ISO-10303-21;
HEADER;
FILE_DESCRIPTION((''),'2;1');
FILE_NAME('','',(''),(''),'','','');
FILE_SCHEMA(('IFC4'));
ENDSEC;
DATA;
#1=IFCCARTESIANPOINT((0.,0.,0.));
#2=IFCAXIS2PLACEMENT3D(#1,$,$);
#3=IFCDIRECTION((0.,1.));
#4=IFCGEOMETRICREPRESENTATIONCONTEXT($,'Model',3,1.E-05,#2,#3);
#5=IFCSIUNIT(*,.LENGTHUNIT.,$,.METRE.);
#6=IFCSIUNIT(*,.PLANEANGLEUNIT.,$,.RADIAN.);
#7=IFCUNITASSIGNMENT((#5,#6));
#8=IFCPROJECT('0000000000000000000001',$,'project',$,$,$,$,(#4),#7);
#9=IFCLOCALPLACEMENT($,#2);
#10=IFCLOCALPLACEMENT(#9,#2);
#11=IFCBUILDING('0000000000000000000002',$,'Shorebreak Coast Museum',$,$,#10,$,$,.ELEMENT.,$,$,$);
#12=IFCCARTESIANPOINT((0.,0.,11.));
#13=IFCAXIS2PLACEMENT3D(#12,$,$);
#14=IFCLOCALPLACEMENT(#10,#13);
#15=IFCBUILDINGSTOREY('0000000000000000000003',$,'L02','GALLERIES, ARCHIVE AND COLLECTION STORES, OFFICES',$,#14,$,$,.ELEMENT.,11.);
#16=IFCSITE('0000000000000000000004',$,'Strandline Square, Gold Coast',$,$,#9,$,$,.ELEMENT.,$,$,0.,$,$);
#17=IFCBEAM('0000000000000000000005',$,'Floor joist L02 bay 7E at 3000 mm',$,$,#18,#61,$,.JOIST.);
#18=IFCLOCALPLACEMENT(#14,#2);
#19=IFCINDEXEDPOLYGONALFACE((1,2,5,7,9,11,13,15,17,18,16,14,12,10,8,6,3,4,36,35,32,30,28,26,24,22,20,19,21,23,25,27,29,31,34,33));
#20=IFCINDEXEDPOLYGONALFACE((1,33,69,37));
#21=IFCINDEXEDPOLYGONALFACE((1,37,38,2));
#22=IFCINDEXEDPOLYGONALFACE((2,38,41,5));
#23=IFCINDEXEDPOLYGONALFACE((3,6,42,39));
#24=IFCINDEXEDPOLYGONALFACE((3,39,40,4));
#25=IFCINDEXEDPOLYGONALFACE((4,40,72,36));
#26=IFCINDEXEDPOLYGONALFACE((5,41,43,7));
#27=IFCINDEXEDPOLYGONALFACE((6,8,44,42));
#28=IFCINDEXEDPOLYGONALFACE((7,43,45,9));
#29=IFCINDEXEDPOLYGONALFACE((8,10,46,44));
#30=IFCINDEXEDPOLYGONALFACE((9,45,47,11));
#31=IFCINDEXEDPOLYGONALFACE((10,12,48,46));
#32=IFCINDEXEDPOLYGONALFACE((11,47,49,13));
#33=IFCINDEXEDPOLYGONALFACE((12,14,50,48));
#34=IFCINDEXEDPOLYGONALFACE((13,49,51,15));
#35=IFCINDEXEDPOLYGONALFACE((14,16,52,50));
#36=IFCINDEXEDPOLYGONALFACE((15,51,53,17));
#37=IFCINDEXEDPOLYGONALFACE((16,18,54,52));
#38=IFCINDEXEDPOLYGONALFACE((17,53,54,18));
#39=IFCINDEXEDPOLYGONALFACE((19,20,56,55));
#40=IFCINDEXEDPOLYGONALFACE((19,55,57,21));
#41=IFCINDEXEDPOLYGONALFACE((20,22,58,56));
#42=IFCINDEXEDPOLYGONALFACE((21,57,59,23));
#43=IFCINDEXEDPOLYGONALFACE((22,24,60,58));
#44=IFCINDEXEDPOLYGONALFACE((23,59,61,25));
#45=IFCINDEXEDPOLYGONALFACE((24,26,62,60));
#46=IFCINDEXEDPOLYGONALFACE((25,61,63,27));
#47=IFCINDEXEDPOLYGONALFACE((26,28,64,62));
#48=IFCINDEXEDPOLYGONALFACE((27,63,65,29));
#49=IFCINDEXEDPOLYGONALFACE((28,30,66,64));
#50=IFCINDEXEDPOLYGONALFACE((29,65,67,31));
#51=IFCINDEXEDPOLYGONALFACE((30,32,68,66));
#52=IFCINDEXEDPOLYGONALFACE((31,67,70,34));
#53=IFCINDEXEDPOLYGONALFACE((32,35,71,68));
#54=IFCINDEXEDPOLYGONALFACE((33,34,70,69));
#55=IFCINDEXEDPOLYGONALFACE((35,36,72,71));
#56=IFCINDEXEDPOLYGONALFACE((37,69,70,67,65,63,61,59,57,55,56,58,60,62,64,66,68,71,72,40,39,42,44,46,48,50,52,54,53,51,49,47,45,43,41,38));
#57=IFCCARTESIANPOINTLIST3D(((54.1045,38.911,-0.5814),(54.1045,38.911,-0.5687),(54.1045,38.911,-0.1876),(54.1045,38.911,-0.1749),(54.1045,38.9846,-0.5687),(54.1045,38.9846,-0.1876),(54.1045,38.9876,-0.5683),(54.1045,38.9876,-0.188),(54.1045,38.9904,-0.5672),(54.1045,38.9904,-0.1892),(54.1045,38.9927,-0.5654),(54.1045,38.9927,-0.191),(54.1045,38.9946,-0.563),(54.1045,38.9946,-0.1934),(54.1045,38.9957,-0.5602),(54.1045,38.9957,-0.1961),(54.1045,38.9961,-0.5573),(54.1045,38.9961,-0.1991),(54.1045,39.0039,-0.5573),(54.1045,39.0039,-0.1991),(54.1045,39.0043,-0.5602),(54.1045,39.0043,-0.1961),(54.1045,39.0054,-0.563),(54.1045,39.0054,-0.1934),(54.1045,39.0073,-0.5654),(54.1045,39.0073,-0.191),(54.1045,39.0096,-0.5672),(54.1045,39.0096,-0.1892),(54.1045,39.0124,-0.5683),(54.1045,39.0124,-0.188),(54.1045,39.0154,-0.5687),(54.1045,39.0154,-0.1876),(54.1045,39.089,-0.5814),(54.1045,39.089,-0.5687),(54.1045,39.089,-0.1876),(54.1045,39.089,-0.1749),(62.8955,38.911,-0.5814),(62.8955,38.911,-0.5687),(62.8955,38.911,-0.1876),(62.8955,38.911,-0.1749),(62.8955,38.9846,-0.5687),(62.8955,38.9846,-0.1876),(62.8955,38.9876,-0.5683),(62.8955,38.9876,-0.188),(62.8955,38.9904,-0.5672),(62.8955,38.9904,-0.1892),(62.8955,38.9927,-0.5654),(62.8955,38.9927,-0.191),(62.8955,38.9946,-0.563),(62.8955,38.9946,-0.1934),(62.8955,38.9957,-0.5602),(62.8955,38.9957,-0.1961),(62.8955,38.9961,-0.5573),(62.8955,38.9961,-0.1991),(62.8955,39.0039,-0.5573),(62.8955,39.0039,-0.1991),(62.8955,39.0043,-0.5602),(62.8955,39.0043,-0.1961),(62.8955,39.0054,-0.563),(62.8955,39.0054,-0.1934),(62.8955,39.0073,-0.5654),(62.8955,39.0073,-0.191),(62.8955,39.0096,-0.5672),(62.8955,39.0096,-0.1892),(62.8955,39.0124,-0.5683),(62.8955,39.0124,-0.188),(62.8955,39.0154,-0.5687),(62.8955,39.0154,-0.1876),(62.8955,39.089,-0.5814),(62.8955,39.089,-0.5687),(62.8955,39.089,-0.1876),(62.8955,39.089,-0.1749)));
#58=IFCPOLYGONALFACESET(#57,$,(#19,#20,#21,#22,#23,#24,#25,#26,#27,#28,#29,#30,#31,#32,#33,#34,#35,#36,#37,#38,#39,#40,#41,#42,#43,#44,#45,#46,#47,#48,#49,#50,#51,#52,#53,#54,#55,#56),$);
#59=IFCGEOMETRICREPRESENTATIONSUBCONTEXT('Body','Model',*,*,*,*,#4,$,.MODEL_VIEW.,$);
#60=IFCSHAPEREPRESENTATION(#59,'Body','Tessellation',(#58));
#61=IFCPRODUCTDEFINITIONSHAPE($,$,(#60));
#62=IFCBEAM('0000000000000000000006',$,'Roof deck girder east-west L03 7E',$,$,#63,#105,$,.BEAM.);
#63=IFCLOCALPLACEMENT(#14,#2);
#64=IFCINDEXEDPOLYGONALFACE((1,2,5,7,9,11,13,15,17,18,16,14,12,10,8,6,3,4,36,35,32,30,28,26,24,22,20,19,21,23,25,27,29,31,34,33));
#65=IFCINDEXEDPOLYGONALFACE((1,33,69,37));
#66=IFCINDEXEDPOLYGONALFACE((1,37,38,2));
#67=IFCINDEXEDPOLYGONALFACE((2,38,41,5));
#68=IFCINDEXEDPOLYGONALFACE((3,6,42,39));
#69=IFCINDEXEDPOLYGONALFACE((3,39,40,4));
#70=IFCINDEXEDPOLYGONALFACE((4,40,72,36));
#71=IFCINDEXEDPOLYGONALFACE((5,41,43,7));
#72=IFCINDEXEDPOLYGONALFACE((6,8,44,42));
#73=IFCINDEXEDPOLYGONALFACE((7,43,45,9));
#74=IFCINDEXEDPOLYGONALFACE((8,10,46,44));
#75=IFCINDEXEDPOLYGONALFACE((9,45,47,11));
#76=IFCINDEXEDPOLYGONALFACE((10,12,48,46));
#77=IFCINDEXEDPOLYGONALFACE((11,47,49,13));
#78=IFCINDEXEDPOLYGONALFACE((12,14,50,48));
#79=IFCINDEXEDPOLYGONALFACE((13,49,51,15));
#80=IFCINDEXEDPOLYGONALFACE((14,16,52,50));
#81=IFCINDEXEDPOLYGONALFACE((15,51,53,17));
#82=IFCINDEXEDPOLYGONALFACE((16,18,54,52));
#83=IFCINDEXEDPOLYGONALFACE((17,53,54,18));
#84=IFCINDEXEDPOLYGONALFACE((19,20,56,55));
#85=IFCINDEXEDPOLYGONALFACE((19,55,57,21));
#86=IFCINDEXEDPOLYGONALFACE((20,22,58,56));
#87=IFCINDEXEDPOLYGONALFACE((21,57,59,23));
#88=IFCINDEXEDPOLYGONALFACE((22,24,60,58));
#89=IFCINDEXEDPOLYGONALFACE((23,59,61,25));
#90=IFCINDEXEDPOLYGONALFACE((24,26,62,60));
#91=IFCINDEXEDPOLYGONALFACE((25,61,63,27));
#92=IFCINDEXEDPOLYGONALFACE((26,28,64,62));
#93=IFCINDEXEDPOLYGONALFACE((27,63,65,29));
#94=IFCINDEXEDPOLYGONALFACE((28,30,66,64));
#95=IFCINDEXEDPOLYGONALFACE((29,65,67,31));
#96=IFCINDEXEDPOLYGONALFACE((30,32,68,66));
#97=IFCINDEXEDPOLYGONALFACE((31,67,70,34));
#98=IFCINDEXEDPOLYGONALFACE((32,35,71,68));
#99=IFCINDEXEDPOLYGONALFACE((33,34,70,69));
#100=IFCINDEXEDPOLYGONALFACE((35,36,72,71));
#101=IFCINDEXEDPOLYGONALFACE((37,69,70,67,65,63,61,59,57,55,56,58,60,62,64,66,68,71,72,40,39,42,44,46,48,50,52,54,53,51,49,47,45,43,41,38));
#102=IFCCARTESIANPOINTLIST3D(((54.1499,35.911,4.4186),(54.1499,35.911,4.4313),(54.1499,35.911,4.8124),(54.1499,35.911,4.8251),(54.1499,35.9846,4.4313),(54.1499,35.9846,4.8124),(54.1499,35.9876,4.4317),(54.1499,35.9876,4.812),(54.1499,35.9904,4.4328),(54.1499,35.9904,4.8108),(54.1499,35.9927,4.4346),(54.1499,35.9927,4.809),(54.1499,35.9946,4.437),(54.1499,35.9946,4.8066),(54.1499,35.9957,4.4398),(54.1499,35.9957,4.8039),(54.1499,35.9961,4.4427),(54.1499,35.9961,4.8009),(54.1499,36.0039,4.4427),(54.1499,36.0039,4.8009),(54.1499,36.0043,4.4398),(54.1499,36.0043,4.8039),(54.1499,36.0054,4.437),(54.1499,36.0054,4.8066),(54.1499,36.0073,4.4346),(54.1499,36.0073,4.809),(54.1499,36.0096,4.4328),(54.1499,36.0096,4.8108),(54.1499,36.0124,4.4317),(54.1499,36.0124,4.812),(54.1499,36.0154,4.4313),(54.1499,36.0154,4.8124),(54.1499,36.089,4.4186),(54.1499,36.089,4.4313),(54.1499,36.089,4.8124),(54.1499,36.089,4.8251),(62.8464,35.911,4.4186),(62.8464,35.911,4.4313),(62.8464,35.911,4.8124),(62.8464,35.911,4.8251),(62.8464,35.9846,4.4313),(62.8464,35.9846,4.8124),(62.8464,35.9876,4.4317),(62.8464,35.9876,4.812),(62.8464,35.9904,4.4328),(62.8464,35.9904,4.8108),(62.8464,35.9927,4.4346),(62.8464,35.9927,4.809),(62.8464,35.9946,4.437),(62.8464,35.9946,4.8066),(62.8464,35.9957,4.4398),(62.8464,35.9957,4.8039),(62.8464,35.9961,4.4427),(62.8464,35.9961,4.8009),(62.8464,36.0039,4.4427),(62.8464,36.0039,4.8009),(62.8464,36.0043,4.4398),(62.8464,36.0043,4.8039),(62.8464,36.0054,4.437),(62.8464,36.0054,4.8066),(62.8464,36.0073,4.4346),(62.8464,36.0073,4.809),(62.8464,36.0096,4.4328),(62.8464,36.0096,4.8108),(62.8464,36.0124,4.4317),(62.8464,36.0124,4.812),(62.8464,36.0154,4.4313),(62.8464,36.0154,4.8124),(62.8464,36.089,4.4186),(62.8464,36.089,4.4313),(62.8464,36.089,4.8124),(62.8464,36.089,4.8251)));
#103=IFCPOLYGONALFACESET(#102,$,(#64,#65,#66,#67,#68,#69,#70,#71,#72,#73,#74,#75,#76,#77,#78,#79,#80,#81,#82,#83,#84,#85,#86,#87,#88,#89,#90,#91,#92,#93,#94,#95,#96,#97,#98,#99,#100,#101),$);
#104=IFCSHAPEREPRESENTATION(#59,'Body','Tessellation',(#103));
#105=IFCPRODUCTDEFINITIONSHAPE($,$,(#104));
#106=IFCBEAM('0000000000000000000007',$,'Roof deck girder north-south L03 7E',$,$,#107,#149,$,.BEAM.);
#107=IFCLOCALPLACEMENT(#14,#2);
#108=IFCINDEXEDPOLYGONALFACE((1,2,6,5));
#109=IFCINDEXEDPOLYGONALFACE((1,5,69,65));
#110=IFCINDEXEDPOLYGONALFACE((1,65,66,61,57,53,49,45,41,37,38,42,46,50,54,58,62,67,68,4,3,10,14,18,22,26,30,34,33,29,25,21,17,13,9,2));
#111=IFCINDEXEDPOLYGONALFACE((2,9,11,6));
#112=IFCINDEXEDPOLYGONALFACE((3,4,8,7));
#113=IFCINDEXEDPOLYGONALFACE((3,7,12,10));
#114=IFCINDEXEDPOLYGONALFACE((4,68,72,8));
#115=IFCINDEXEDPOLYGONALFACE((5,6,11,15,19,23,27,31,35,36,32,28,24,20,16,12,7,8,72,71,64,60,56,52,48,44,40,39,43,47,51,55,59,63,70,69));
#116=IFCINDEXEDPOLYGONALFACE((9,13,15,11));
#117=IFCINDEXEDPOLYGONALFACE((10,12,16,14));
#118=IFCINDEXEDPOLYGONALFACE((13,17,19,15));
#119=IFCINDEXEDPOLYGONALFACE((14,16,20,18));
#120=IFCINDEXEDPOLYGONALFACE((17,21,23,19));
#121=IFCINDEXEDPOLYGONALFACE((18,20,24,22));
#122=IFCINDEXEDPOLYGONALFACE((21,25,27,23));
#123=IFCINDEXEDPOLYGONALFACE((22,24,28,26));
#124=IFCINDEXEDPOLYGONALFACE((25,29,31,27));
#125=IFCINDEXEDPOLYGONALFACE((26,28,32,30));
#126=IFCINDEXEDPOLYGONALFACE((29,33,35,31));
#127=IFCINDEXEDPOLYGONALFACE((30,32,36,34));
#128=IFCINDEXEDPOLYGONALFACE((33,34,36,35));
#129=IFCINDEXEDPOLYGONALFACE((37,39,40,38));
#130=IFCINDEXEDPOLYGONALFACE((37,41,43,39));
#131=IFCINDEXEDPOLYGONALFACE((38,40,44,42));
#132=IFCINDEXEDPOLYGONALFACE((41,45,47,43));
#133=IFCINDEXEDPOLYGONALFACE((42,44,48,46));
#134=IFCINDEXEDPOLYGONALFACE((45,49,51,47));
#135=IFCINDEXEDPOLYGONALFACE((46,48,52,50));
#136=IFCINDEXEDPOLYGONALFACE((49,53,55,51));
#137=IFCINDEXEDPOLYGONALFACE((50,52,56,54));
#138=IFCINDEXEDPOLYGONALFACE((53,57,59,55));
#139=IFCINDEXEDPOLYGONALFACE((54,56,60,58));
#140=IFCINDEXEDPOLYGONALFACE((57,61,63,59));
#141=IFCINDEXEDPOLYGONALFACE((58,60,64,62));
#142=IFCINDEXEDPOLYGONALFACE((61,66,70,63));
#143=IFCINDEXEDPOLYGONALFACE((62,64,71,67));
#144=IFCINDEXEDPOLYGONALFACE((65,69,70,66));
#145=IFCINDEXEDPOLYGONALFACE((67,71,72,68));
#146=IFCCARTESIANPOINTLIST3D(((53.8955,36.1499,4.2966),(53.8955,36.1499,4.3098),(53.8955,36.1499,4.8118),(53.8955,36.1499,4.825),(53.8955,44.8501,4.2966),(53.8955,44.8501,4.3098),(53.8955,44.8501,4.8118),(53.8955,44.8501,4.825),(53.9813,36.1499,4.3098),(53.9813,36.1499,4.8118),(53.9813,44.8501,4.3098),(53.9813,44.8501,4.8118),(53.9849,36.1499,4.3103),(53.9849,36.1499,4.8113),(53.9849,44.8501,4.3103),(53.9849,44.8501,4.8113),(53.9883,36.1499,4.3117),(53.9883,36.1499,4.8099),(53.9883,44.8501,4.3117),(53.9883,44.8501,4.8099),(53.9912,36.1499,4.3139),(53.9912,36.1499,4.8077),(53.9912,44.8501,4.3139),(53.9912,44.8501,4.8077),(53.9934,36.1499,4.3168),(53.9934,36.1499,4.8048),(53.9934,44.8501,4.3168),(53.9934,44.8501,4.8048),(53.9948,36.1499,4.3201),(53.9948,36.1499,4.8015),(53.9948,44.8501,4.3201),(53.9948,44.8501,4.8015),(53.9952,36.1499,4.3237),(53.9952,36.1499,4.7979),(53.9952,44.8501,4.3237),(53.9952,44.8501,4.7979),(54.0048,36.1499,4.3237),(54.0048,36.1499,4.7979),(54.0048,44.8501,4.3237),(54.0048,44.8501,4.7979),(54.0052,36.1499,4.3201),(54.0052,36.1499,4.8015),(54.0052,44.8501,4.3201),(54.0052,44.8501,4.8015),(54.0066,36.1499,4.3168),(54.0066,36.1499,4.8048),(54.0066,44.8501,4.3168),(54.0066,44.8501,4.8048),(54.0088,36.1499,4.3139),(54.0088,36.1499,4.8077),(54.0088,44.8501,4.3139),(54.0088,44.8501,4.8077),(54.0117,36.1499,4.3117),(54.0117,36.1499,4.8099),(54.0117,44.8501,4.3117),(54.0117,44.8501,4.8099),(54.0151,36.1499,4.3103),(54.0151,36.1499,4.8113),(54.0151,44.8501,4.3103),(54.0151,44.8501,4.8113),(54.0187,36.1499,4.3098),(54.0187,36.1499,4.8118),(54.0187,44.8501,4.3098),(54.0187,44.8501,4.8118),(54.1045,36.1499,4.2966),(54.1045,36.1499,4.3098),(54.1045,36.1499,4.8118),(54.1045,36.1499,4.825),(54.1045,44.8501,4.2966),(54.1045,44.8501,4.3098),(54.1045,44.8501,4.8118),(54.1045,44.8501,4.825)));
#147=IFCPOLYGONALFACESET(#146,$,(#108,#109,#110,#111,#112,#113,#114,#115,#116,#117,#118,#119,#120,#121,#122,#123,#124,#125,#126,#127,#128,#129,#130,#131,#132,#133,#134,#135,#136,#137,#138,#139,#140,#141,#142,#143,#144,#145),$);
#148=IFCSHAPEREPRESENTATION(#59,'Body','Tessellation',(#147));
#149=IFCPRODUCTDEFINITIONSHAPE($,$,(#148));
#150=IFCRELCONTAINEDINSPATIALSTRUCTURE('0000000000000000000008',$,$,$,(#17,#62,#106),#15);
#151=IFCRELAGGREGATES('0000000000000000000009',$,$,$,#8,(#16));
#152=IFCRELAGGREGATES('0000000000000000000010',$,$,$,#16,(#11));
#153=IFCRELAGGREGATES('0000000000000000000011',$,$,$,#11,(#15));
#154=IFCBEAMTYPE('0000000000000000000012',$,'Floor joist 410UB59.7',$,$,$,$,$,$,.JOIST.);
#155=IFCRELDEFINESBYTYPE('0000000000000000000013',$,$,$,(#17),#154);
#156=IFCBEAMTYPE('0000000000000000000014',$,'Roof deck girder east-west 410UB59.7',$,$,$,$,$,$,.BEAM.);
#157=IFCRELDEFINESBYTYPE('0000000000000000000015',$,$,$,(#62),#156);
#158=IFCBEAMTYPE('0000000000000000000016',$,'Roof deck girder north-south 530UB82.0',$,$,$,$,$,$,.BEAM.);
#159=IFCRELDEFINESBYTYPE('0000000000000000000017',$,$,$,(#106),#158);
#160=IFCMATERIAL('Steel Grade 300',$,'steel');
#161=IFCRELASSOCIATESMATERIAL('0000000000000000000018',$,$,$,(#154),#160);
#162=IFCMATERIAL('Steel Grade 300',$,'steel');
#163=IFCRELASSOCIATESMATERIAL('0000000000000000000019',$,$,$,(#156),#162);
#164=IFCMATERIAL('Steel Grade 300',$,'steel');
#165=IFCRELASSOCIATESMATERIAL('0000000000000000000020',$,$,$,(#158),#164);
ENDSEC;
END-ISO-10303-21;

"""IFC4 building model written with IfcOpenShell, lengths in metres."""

from ifc_helpers import new_model, si_unit, direction, frame, origin, origin_2d, place, context, subcontext, project, spatial, i_section, extrude, material, material_profile, profile_set, type_object, element, save


model = new_model("IFC4")

# Units and contexts
model_context = context("Model", 3, precision=1e-05, world=origin(), true_north=direction((0.0, 1.0)))
body_context = subcontext(model_context, "Body", "Model", "MODEL_VIEW")
ifc_project = project(units=[si_unit("LENGTHUNIT", "METRE"), si_unit("PLANEANGLEUNIT", "RADIAN")], contexts=[model_context])

# Site, building, storey
site_placement = place(None, origin())
site = spatial("IfcSite", under=ifc_project, at=site_placement, Name="Strandline Square, Gold Coast", CompositionType="ELEMENT", RefElevation=0.0)
building_placement = place(site_placement, origin())
building = spatial("IfcBuilding", under=site, at=building_placement, Name="Shorebreak Coast Museum", CompositionType="ELEMENT")
storey_placement = place(building_placement, frame((0.0, 0.0, 11.0)))
storey = spatial("IfcBuildingStorey", under=building, at=storey_placement, Name="L02", Description="GALLERIES, ARCHIVE AND COLLECTION STORES, OFFICES", CompositionType="ELEMENT", Elevation=11.0)

# Beams
ifc_material_1 = material(Name="Steel Grade 300", Category="steel")
ifc_material_profile_1 = material_profile(ifc_material_1, i_section(OverallWidth=0.178, OverallDepth=0.4065, WebThickness=0.0078, FlangeThickness=0.0127, FilletRadius=0.0115, at=origin_2d()), Name="410UB59.7")
ifc_profile_set_1 = profile_set([ifc_material_profile_1], Name="Steel Grade 300")
beam_type_1 = type_object("IfcBeamType", Name="Floor joist 410UB59.7", PredefinedType="JOIST", material=ifc_profile_set_1)
beam_1_placement = place(storey_placement, frame((54.1045, 39.0, -0.3782), z_axis=(1.0, 0.0, 0.0), x_axis=(0.0, 1.0, 0.0)))
element("IfcBeam", 1, at=beam_1_placement, inside=storey, type_object=beam_type_1, Name="Floor joist L02 bay 7E at 3000 mm", PredefinedType="JOIST", context=body_context, shape_type="SweptSolid", body=[
    extrude(i_section(OverallWidth=0.178, OverallDepth=0.4065, WebThickness=0.0078, FlangeThickness=0.0127, FilletRadius=0.0115, at=origin_2d()), origin(), (0.0, 0.0, 1.0), 8.791),
])
ifc_material_2 = material(Name="Steel Grade 300", Category="steel")
ifc_material_profile_2 = material_profile(ifc_material_2, i_section(OverallWidth=0.178, OverallDepth=0.4065, WebThickness=0.0078, FlangeThickness=0.0127, FilletRadius=0.0115, at=origin_2d()), Name="410UB59.7")
ifc_profile_set_2 = profile_set([ifc_material_profile_2], Name="Steel Grade 300")
beam_type_2 = type_object("IfcBeamType", Name="Roof deck girder east-west 410UB59.7", PredefinedType="BEAM", material=ifc_profile_set_2)
beam_2_placement = place(storey_placement, frame((54.1499, 36.0, 4.6218), z_axis=(1.0, 0.0, 0.0), x_axis=(0.0, 1.0, 0.0)))
element("IfcBeam", 2, at=beam_2_placement, inside=storey, type_object=beam_type_2, Name="Roof deck girder east-west L03 7E", PredefinedType="BEAM", context=body_context, shape_type="SweptSolid", body=[
    extrude(i_section(OverallWidth=0.178, OverallDepth=0.4065, WebThickness=0.0078, FlangeThickness=0.0127, FilletRadius=0.0115, at=origin_2d()), origin(), (0.0, 0.0, 1.0), 8.6965),
])
ifc_material_3 = material(Name="Steel Grade 300", Category="steel")
ifc_material_profile_3 = material_profile(ifc_material_3, i_section(OverallWidth=0.209, OverallDepth=0.5283, WebThickness=0.0095, FlangeThickness=0.0132, FilletRadius=0.0139, at=origin_2d()), Name="530UB82.0")
ifc_profile_set_3 = profile_set([ifc_material_profile_3], Name="Steel Grade 300")
beam_type_3 = type_object("IfcBeamType", Name="Roof deck girder north-south 530UB82.0", PredefinedType="BEAM", material=ifc_profile_set_3)
beam_3_placement = place(storey_placement, frame((54.0, 36.1499, 4.5608), z_axis=(0.0, 1.0, 0.0), x_axis=(-1.0, 0.0, 0.0)))
element("IfcBeam", 3, at=beam_3_placement, inside=storey, type_object=beam_type_3, Name="Roof deck girder north-south L03 7E", PredefinedType="BEAM", context=body_context, shape_type="SweptSolid", body=[
    extrude(i_section(OverallWidth=0.209, OverallDepth=0.5283, WebThickness=0.0095, FlangeThickness=0.0132, FilletRadius=0.0139, at=origin_2d()), origin(), (0.0, 0.0, 1.0), 8.7002),
])

save(model, "model.ifc")
